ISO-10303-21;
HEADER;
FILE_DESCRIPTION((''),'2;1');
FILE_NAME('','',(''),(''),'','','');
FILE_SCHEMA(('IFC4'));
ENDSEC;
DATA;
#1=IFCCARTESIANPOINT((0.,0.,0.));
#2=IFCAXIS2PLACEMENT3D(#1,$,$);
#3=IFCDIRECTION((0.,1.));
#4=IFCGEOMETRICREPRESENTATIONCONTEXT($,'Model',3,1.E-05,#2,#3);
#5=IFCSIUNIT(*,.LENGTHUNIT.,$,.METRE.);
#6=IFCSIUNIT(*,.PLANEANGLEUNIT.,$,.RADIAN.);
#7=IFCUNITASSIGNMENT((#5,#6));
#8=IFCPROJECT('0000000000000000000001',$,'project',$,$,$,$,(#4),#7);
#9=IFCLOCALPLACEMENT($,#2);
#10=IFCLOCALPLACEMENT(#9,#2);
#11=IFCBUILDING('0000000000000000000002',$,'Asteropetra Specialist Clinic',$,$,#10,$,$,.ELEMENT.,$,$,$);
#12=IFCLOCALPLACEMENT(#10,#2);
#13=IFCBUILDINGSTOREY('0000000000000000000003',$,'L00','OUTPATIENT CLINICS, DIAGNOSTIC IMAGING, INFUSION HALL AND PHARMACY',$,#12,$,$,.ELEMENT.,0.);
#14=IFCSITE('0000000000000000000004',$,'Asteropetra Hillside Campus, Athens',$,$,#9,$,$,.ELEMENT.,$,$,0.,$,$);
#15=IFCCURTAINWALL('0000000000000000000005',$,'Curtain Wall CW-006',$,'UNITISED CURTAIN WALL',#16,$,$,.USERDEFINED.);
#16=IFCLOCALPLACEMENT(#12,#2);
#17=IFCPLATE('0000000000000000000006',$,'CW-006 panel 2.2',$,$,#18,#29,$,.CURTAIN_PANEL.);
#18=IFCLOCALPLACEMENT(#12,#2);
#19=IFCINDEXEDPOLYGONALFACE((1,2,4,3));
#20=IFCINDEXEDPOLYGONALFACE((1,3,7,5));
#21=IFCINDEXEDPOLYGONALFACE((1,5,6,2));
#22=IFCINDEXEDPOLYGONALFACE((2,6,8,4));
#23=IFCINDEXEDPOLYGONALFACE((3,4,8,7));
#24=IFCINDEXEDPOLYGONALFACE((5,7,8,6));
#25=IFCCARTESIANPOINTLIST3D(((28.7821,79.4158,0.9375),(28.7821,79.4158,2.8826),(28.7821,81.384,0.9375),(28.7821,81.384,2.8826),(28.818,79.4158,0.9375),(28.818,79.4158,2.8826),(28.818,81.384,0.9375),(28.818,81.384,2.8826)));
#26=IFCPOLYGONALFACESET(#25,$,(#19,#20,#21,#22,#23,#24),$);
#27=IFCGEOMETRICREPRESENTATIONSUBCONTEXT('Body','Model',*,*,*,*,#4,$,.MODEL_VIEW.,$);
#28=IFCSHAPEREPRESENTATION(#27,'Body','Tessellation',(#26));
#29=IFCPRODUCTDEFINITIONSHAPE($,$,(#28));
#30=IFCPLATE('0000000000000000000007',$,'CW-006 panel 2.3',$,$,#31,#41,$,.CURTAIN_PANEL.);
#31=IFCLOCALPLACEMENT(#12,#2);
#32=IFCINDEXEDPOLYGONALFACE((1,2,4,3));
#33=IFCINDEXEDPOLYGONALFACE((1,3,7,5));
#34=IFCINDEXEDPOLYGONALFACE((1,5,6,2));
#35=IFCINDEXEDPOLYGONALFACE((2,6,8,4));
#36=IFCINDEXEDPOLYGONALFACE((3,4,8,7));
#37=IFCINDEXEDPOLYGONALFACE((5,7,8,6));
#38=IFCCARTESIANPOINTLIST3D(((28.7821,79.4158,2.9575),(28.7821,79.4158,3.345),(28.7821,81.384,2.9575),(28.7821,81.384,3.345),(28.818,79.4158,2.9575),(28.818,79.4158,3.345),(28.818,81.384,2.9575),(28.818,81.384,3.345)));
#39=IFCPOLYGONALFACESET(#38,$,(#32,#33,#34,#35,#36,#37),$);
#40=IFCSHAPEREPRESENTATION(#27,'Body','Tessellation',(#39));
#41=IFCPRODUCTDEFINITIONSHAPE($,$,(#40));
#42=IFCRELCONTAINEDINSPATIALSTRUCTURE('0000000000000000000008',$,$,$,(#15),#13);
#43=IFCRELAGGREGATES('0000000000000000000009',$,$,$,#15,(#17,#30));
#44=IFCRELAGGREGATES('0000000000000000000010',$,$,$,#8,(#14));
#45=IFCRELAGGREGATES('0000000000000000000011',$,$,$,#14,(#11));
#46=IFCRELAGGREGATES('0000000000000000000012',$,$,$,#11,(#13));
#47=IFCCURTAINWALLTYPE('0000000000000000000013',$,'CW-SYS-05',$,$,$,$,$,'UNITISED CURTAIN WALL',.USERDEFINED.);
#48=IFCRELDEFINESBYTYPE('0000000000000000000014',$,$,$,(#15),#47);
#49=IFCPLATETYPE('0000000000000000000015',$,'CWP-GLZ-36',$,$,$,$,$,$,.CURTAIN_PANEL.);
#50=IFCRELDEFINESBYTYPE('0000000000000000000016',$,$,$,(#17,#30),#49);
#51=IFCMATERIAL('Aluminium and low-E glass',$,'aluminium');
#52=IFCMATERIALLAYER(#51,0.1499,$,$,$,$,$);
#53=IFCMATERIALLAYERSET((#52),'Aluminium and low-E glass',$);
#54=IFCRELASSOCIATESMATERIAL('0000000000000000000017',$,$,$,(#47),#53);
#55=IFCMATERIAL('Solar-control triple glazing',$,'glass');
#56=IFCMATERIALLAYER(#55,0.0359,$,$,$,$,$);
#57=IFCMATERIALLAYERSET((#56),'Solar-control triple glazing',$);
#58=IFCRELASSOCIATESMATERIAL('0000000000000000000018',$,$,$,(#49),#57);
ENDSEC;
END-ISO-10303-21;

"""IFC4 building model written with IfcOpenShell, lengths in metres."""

from ifc_helpers import new_model, si_unit, direction, frame, origin, origin_2d, place, context, subcontext, project, spatial, rectangle, extrude, material, layer, layer_set, type_object, element, aggregate, save


model = new_model("IFC4")

# Units and contexts
model_context = context("Model", 3, precision=1e-05, world=origin(), true_north=direction((0.0, 1.0)))
body_context = subcontext(model_context, "Body", "Model", "MODEL_VIEW")
ifc_project = project(units=[si_unit("LENGTHUNIT", "METRE"), si_unit("PLANEANGLEUNIT", "RADIAN")], contexts=[model_context])

# Site, building, storey
site_placement = place(None, origin())
site = spatial("IfcSite", under=ifc_project, at=site_placement, Name="Asteropetra Hillside Campus, Athens", CompositionType="ELEMENT", RefElevation=0.0)
building_placement = place(site_placement, origin())
building = spatial("IfcBuilding", under=site, at=building_placement, Name="Asteropetra Specialist Clinic", CompositionType="ELEMENT")
storey_placement = place(building_placement, origin())
storey = spatial("IfcBuildingStorey", under=building, at=storey_placement, Name="L00", Description="OUTPATIENT CLINICS, DIAGNOSTIC IMAGING, INFUSION HALL AND PHARMACY", CompositionType="ELEMENT", Elevation=0.0)

# Curtain wall, plates
ifc_material_1 = material(Name="Aluminium and low-E glass", Category="aluminium")
ifc_layer_1 = layer(ifc_material_1, 0.1499)
ifc_layer_set_1 = layer_set([ifc_layer_1], Name="Aluminium and low-E glass")
curtain_wall_type_1 = type_object("IfcCurtainWallType", Name="CW-SYS-05", ElementType="UNITISED CURTAIN WALL", PredefinedType="USERDEFINED", material=ifc_layer_set_1)
curtain_wall_1_placement = place(storey_placement, origin())
curtain_wall_1 = element("IfcCurtainWall", 1, at=curtain_wall_1_placement, inside=storey, type_object=curtain_wall_type_1, Name="Curtain Wall CW-006", ObjectType="UNITISED CURTAIN WALL", PredefinedType="USERDEFINED")
ifc_material_2 = material(Name="Solar-control triple glazing", Category="glass")
ifc_layer_2 = layer(ifc_material_2, 0.0359)
ifc_layer_set_2 = layer_set([ifc_layer_2], Name="Solar-control triple glazing")
plate_type = type_object("IfcPlateType", Name="CWP-GLZ-36", PredefinedType="CURTAIN_PANEL", material=ifc_layer_set_2)
plate_1_placement = place(storey_placement, frame((28.8, 80.3999, 0.9375), z_axis=(0.0, 0.0, 1.0), x_axis=(0.0, 1.0, 0.0)))
plate_1 = element("IfcPlate", 2, at=plate_1_placement, type_object=plate_type, Name="CW-006 panel 2.2", PredefinedType="CURTAIN_PANEL", context=body_context, shape_type="SweptSolid", body=[
    extrude(rectangle(XDim=1.9683, YDim=0.0359, at=origin_2d()), origin(), (0.0, 0.0, 1.0), 1.9451),
])
plate_2_placement = place(storey_placement, frame((28.8, 80.3999, 2.9575), z_axis=(0.0, 0.0, 1.0), x_axis=(0.0, 1.0, 0.0)))
plate_2 = element("IfcPlate", 3, at=plate_2_placement, type_object=plate_type, Name="CW-006 panel 2.3", PredefinedType="CURTAIN_PANEL", context=body_context, shape_type="SweptSolid", body=[
    extrude(rectangle(XDim=1.9683, YDim=0.0359, at=origin_2d()), origin(), (0.0, 0.0, 1.0), 0.3875),
])
aggregate(curtain_wall_1, [plate_1, plate_2])

save(model, "model.ifc")
